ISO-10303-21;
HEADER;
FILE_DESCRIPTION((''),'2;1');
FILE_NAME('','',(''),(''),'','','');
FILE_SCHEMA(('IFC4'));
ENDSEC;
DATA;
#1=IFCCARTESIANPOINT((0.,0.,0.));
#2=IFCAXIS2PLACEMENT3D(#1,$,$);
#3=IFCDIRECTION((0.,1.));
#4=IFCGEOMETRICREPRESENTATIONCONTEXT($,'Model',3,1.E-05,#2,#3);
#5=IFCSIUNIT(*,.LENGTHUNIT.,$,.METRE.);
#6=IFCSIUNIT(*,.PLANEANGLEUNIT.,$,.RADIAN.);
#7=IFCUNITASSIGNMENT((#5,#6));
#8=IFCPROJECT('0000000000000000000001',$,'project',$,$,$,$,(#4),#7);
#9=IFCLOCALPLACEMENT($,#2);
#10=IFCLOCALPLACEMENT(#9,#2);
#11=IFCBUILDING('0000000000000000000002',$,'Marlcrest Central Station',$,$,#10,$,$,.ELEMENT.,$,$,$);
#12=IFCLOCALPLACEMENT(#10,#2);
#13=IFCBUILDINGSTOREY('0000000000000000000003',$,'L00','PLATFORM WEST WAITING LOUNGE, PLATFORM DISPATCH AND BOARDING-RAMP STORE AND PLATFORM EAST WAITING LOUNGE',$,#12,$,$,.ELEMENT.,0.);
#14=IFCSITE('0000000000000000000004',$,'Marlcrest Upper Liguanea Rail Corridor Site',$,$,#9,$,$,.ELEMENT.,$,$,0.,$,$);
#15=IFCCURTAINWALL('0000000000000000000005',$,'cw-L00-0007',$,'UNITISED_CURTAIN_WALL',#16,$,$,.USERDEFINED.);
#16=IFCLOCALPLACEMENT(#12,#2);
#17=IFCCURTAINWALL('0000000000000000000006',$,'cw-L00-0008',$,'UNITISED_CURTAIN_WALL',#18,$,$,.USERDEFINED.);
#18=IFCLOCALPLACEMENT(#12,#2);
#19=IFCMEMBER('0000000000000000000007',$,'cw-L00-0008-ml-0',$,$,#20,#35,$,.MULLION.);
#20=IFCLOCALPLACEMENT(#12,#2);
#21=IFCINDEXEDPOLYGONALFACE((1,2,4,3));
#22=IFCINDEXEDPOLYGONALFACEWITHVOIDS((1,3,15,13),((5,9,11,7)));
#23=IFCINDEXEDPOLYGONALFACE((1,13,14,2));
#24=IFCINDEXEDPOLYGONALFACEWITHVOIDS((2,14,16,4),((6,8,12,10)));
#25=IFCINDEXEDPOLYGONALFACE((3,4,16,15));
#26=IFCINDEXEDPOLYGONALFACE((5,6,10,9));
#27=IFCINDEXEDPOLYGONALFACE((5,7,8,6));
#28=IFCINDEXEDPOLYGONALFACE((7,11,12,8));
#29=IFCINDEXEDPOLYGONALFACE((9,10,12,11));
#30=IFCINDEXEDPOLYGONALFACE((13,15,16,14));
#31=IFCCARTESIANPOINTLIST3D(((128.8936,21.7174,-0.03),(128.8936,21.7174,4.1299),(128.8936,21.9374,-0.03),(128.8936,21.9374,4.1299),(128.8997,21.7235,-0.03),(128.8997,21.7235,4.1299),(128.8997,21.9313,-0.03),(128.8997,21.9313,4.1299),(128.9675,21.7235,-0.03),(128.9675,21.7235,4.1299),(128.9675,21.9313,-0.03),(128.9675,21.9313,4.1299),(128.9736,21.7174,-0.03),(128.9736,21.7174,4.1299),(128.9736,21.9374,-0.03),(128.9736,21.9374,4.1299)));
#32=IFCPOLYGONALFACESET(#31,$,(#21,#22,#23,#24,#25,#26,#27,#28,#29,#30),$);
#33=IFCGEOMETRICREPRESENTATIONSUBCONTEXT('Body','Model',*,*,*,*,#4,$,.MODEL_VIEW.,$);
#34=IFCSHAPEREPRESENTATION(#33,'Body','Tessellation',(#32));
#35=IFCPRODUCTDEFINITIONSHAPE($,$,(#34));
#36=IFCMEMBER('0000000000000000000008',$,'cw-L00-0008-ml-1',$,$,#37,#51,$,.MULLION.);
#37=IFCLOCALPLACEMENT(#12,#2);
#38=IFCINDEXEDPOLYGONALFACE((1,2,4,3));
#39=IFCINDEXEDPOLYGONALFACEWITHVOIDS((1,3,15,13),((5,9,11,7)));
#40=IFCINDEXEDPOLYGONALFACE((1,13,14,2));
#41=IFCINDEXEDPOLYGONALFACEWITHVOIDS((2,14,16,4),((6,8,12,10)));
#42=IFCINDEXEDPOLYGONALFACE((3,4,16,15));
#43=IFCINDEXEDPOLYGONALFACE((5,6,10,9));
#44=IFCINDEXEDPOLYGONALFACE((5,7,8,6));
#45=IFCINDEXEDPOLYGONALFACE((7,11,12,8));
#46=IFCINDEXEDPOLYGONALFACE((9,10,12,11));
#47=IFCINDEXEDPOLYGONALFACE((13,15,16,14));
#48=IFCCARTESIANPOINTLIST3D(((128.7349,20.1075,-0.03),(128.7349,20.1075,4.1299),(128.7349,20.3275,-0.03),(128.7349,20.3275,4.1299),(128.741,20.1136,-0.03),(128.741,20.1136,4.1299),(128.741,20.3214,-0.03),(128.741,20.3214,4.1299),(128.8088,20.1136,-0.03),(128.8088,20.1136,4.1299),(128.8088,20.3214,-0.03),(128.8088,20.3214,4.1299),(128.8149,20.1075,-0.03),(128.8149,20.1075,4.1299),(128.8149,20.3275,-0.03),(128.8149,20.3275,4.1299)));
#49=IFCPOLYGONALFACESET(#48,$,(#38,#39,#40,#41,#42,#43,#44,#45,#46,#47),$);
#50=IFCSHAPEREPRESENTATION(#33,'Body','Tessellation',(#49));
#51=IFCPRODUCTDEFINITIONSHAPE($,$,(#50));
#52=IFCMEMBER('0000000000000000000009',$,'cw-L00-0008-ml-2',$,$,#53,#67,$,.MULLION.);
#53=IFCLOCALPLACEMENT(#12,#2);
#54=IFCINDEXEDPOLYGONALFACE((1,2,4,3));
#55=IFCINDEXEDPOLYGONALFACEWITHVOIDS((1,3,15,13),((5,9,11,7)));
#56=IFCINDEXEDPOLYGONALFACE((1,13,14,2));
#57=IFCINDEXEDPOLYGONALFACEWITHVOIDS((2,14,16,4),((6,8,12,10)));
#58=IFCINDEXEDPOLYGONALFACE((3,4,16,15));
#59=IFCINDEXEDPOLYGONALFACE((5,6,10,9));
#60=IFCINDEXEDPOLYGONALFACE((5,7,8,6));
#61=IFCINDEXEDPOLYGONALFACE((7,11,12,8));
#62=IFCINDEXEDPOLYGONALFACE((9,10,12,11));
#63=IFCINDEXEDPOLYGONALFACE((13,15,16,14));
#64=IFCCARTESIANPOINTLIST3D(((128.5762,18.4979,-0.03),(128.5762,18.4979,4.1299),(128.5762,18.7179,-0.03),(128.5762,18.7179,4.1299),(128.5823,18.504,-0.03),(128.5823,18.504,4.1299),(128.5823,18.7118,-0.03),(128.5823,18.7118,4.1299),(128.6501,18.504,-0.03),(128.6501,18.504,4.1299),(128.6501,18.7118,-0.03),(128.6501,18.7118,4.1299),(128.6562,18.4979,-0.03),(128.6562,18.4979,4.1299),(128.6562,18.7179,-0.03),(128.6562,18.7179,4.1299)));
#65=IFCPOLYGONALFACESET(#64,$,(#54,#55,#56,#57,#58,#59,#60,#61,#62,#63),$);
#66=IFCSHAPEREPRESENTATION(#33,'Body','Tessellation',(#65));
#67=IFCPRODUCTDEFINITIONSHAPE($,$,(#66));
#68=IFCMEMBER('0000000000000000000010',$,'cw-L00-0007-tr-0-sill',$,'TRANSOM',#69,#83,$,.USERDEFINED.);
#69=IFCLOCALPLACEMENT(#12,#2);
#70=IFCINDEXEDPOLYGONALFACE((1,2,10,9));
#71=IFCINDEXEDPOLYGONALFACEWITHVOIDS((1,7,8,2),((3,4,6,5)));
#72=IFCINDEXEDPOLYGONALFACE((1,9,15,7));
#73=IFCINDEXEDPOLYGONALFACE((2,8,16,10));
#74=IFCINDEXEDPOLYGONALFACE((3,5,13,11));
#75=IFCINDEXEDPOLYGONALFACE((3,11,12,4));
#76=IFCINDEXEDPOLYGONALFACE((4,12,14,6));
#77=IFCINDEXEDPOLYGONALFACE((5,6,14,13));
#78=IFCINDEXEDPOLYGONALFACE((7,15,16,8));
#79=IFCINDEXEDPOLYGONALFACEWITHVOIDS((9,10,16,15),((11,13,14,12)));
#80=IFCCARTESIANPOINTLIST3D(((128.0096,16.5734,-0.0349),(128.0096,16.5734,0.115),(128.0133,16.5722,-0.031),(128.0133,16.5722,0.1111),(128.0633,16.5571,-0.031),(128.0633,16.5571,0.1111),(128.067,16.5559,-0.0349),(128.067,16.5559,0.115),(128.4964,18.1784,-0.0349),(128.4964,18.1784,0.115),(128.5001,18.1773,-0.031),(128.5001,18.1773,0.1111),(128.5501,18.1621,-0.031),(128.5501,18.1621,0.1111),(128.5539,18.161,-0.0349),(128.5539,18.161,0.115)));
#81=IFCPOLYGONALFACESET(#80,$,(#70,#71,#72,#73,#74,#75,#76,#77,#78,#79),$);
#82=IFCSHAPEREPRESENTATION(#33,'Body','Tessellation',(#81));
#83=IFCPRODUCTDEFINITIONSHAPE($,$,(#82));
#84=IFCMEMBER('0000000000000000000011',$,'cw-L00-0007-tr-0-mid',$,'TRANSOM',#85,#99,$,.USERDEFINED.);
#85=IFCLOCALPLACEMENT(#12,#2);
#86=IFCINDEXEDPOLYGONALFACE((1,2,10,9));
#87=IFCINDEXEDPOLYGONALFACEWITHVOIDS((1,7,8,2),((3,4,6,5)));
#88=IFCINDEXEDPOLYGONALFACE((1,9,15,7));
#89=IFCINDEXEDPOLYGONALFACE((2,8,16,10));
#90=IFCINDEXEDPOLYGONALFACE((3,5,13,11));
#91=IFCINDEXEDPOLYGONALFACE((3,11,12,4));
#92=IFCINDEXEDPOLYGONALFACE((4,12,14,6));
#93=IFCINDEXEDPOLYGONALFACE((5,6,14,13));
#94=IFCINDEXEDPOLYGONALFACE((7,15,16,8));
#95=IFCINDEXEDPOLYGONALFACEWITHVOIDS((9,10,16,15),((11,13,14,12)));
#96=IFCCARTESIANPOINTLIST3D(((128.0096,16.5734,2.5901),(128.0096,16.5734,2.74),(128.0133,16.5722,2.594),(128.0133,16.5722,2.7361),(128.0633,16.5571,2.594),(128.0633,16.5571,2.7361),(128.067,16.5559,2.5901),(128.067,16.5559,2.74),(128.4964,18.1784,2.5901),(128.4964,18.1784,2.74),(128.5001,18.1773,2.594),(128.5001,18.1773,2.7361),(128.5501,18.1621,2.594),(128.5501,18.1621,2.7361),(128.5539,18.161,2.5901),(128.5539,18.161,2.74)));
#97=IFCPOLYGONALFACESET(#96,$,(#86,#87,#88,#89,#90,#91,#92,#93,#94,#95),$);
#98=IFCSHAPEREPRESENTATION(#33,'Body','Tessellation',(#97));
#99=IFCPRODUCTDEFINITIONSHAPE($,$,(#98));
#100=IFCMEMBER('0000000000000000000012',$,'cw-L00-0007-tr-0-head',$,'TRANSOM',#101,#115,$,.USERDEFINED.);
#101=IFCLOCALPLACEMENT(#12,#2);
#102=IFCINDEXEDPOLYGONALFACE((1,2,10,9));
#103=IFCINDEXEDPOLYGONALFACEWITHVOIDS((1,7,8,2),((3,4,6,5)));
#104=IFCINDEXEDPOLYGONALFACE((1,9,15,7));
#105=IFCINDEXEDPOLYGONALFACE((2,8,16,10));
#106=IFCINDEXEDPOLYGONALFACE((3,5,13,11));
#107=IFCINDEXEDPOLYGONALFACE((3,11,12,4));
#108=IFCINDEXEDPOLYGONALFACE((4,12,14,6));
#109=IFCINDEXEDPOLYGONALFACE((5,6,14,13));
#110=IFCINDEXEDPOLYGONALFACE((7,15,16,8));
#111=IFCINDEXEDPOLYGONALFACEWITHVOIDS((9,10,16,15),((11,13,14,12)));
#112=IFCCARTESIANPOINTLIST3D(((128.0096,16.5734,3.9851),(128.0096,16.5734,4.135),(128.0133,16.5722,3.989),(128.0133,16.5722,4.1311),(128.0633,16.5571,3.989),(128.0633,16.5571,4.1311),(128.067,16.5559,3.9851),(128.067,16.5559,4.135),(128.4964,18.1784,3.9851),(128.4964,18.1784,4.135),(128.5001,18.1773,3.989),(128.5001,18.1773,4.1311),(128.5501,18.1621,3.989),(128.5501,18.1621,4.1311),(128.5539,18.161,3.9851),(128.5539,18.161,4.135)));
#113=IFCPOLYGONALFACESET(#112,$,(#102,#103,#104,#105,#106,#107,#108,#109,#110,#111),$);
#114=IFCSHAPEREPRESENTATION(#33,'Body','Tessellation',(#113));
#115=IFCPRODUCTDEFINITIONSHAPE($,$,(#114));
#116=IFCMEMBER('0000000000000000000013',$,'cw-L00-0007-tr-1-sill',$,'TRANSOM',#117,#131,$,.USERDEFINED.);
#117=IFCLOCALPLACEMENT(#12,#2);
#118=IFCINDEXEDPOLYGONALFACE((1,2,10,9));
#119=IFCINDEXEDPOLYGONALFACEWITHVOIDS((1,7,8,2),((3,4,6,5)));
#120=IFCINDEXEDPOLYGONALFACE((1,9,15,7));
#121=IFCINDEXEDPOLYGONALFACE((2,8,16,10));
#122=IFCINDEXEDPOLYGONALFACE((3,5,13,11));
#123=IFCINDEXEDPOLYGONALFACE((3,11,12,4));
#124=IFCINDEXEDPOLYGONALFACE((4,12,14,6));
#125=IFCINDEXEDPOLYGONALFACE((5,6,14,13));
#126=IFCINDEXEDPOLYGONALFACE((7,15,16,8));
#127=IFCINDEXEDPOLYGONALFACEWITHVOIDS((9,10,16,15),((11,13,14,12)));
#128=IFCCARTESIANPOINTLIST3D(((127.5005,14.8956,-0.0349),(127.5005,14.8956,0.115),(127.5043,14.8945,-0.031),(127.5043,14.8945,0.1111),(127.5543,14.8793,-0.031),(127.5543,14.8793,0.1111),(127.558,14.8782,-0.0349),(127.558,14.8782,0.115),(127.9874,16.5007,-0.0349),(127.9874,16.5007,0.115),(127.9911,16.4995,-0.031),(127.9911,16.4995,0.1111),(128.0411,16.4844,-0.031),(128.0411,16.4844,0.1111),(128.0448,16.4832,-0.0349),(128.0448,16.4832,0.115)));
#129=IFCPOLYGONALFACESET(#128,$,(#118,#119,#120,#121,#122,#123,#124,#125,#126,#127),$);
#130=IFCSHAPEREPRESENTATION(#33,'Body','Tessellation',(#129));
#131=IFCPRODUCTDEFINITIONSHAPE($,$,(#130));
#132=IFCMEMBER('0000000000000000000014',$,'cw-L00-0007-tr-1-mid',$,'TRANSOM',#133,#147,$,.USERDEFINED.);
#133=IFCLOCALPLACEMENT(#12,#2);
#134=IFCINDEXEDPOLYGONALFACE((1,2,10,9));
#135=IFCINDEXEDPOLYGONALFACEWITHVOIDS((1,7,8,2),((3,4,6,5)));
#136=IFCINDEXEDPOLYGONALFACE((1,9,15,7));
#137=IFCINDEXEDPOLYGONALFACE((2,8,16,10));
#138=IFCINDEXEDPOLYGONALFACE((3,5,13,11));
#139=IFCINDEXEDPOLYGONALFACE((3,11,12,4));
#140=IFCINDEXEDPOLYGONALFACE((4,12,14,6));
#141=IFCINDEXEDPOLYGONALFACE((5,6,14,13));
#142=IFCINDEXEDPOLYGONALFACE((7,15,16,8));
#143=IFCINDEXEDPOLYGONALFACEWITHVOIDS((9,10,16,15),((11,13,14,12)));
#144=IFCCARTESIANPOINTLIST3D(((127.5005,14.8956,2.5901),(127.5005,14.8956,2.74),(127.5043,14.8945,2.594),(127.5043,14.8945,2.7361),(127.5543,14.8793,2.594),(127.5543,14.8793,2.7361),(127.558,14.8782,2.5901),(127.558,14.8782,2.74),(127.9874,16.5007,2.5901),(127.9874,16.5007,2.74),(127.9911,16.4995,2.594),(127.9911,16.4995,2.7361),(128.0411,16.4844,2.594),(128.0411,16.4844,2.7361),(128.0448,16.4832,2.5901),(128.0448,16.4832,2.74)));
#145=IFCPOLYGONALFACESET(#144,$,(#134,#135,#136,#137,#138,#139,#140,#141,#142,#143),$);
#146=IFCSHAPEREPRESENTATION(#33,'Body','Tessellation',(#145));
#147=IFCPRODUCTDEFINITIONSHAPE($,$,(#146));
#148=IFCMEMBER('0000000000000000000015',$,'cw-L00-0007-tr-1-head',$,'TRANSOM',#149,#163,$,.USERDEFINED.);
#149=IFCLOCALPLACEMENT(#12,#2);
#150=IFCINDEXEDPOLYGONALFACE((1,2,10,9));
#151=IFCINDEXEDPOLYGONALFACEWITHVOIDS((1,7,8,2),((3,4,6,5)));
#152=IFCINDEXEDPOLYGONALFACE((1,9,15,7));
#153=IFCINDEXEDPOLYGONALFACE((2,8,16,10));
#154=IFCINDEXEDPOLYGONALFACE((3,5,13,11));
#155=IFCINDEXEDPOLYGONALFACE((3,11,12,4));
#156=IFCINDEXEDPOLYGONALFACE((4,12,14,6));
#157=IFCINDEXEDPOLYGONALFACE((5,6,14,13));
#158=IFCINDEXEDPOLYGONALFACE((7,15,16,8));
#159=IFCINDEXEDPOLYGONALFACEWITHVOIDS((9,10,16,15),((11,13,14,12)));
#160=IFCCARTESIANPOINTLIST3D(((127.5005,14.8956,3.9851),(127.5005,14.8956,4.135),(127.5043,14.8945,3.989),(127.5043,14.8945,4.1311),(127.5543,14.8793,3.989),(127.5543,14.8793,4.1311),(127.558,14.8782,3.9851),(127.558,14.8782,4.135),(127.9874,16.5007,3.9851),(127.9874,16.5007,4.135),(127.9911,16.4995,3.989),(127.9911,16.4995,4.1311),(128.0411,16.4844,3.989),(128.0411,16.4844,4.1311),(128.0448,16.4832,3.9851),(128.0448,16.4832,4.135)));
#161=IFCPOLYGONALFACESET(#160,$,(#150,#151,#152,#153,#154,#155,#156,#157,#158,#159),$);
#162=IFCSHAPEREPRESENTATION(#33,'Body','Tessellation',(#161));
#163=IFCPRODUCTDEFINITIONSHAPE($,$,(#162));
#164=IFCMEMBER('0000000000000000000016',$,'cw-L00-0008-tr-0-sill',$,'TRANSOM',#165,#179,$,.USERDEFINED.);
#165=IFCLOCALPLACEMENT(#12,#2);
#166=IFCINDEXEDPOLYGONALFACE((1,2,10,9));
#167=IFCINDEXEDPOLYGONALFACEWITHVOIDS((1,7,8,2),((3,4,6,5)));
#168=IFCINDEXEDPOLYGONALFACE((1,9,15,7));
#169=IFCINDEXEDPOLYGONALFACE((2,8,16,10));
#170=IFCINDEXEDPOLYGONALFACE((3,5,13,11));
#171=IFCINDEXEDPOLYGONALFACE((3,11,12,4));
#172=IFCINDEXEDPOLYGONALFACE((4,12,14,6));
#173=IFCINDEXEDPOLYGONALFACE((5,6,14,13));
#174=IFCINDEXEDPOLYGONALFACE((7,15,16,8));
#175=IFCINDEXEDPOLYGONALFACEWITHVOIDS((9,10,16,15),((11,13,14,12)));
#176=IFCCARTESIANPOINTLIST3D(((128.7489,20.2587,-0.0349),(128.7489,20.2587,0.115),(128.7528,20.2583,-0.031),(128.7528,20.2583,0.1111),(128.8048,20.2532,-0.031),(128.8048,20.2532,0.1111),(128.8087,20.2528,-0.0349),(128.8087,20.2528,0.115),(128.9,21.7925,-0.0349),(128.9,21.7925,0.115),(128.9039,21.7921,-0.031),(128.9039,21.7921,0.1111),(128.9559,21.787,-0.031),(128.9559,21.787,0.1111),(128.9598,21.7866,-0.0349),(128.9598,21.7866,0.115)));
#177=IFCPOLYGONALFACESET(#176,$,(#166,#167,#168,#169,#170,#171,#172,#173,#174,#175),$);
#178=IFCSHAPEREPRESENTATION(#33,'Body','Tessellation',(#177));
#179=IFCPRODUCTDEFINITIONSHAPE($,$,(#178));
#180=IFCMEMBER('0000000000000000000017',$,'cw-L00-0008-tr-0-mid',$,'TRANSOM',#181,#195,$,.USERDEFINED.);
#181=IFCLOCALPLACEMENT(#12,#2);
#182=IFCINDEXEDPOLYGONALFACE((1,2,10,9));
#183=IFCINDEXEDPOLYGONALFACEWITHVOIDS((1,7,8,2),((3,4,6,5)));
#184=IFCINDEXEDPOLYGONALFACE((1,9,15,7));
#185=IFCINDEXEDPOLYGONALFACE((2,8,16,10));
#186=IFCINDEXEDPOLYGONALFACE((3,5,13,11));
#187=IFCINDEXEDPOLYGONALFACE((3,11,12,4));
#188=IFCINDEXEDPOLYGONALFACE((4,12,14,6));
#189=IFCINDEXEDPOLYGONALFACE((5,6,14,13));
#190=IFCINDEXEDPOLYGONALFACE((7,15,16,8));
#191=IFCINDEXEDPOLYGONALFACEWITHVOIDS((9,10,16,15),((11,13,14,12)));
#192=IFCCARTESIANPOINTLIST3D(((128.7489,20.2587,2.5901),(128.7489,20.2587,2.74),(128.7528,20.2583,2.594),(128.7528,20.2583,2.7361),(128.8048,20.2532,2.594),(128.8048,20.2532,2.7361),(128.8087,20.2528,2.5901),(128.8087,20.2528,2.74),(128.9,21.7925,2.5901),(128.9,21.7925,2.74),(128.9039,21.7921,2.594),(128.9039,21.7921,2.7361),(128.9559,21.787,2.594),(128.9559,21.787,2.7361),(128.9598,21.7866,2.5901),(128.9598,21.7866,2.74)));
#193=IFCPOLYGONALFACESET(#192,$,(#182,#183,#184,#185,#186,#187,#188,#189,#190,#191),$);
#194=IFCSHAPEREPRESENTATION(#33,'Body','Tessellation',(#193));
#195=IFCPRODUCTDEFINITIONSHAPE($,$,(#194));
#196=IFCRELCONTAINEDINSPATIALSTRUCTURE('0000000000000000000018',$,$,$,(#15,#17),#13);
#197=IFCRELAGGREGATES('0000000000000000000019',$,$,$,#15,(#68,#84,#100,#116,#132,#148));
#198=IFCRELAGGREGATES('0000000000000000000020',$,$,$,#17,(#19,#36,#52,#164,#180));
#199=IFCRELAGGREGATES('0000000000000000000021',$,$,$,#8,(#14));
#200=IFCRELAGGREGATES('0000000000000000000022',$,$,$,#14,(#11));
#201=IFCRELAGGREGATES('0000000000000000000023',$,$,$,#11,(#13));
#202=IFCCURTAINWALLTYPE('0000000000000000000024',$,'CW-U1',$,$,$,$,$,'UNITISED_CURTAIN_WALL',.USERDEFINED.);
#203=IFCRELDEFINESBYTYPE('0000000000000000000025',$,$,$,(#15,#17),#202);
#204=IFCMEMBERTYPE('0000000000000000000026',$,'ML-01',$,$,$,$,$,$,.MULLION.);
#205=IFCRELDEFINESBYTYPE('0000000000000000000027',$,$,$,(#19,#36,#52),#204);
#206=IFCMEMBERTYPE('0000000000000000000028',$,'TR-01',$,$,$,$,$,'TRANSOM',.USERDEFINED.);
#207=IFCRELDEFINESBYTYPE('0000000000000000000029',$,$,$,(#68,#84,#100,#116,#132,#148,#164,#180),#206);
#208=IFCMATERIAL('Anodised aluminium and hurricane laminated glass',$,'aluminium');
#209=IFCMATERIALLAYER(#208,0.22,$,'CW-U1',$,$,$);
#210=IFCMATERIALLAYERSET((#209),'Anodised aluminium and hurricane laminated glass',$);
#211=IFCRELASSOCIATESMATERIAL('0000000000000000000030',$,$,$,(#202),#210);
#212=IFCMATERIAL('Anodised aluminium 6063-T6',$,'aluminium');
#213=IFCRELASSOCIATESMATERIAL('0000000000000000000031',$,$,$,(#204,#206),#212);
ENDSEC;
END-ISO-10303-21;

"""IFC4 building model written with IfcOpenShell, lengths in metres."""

from ifc_helpers import new_model, si_unit, direction, frame, origin, origin_2d, place, context, subcontext, project, spatial, hollow_rectangle, extrude, material, layer, layer_set, material_profile, profile_set, type_object, element, aggregate, save


model = new_model("IFC4")

# Units and contexts
model_context = context("Model", 3, precision=1e-05, world=origin(), true_north=direction((0.0, 1.0)))
body_context = subcontext(model_context, "Body", "Model", "MODEL_VIEW")
ifc_project = project(units=[si_unit("LENGTHUNIT", "METRE"), si_unit("PLANEANGLEUNIT", "RADIAN")], contexts=[model_context])

# Site, building, storey
site_placement = place(None, origin())
site = spatial("IfcSite", under=ifc_project, at=site_placement, Name="Marlcrest Upper Liguanea Rail Corridor Site", CompositionType="ELEMENT", RefElevation=0.0)
building_placement = place(site_placement, origin())
building = spatial("IfcBuilding", under=site, at=building_placement, Name="Marlcrest Central Station", CompositionType="ELEMENT")
storey_placement = place(building_placement, origin())
storey = spatial("IfcBuildingStorey", under=building, at=storey_placement, Name="L00", Description="PLATFORM WEST WAITING LOUNGE, PLATFORM DISPATCH AND BOARDING-RAMP STORE AND PLATFORM EAST WAITING LOUNGE", CompositionType="ELEMENT", Elevation=0.0)

# Curtain walls, members
ifc_material_1 = material(Name="Anodised aluminium and hurricane laminated glass", Category="aluminium")
ifc_layer_1 = layer(ifc_material_1, 0.22, Name="CW-U1")
ifc_layer_set_1 = layer_set([ifc_layer_1], Name="Anodised aluminium and hurricane laminated glass")
curtain_wall_type = type_object("IfcCurtainWallType", Name="CW-U1", ElementType="UNITISED_CURTAIN_WALL", PredefinedType="USERDEFINED", material=ifc_layer_set_1)
curtain_wall_1_placement = place(storey_placement, origin())
curtain_wall_1 = element("IfcCurtainWall", 1, at=curtain_wall_1_placement, inside=storey, type_object=curtain_wall_type, Name="cw-L00-0007", ObjectType="UNITISED_CURTAIN_WALL", PredefinedType="USERDEFINED")
ifc_material_2 = material(Name="Anodised aluminium 6063-T6", Category="aluminium")
ifc_material_profile_1 = material_profile(ifc_material_2, hollow_rectangle(XDim=0.0801, YDim=0.22, WallThickness=0.0061, at=origin_2d()), Name="AA-RHS 220x80x6")
ifc_profile_set_1 = profile_set([ifc_material_profile_1], Name="Anodised aluminium 6063-T6")
member_type_1 = type_object("IfcMemberType", Name="ML-01", PredefinedType="MULLION", material=ifc_profile_set_1)
curtain_wall_2_placement = place(storey_placement, origin())
curtain_wall_2 = element("IfcCurtainWall", 2, at=curtain_wall_2_placement, inside=storey, type_object=curtain_wall_type, Name="cw-L00-0008", ObjectType="UNITISED_CURTAIN_WALL", PredefinedType="USERDEFINED")
member_1_placement = place(storey_placement, frame((128.9336, 21.8274, -0.03), z_axis=(0.0, 0.0, 1.0), x_axis=(1.0, 0.0, 0.0)))
member_1 = element("IfcMember", 3, at=member_1_placement, type_object=member_type_1, Name="cw-L00-0008-ml-0", PredefinedType="MULLION", context=body_context, shape_type="SweptSolid", body=[
    extrude(hollow_rectangle(XDim=0.0801, YDim=0.22, WallThickness=0.0061, at=origin_2d()), origin(), (0.0, 0.0, 1.0), 4.1599),
])
member_2_placement = place(storey_placement, frame((128.7749, 20.2175, -0.03), z_axis=(0.0, 0.0, 1.0), x_axis=(1.0, 0.0, 0.0)))
member_2 = element("IfcMember", 4, at=member_2_placement, type_object=member_type_1, Name="cw-L00-0008-ml-1", PredefinedType="MULLION", context=body_context, shape_type="SweptSolid", body=[
    extrude(hollow_rectangle(XDim=0.0801, YDim=0.22, WallThickness=0.0061, at=origin_2d()), origin(), (0.0, 0.0, 1.0), 4.1599),
])
member_3_placement = place(storey_placement, frame((128.6162, 18.6079, -0.03), z_axis=(0.0, 0.0, 1.0), x_axis=(1.0, 0.0, 0.0)))
member_3 = element("IfcMember", 5, at=member_3_placement, type_object=member_type_1, Name="cw-L00-0008-ml-2", PredefinedType="MULLION", context=body_context, shape_type="SweptSolid", body=[
    extrude(hollow_rectangle(XDim=0.0801, YDim=0.22, WallThickness=0.0061, at=origin_2d()), origin(), (0.0, 0.0, 1.0), 4.1599),
])

# Members
ifc_material_profile_2 = material_profile(ifc_material_2, hollow_rectangle(XDim=0.0601, YDim=0.1499, WallThickness=0.0039, at=origin_2d()), Name="AA-RHS 150x60x4")
ifc_profile_set_2 = profile_set([ifc_material_profile_2], Name="Anodised aluminium 6063-T6")
member_type_2 = type_object("IfcMemberType", Name="TR-01", ElementType="TRANSOM", PredefinedType="USERDEFINED", material=ifc_profile_set_2)
member_4_placement = place(storey_placement, frame((128.5251, 18.1697, 0.04), z_axis=(-0.290258, -0.956948, 0.0), x_axis=(0.956948, -0.290258, 0.0)))
member_4 = element("IfcMember", 6, at=member_4_placement, type_object=member_type_2, Name="cw-L00-0007-tr-0-sill", ObjectType="TRANSOM", PredefinedType="USERDEFINED", context=body_context, shape_type="SweptSolid", body=[
    extrude(hollow_rectangle(XDim=0.0601, YDim=0.1499, WallThickness=0.0039, at=origin_2d()), origin(), (0.0, 0.0, 1.0), 1.6772),
])
member_5_placement = place(storey_placement, frame((128.5251, 18.1697, 2.665), z_axis=(-0.290258, -0.956948, 0.0), x_axis=(0.956948, -0.290258, 0.0)))
member_5 = element("IfcMember", 7, at=member_5_placement, type_object=member_type_2, Name="cw-L00-0007-tr-0-mid", ObjectType="TRANSOM", PredefinedType="USERDEFINED", context=body_context, shape_type="SweptSolid", body=[
    extrude(hollow_rectangle(XDim=0.0601, YDim=0.1499, WallThickness=0.0039, at=origin_2d()), origin(), (0.0, 0.0, 1.0), 1.6772),
])
member_6_placement = place(storey_placement, frame((128.5251, 18.1697, 4.0601), z_axis=(-0.290258, -0.956948, 0.0), x_axis=(0.956948, -0.290258, 0.0)))
member_6 = element("IfcMember", 8, at=member_6_placement, type_object=member_type_2, Name="cw-L00-0007-tr-0-head", ObjectType="TRANSOM", PredefinedType="USERDEFINED", context=body_context, shape_type="SweptSolid", body=[
    extrude(hollow_rectangle(XDim=0.0601, YDim=0.1499, WallThickness=0.0039, at=origin_2d()), origin(), (0.0, 0.0, 1.0), 1.6772),
])
member_7_placement = place(storey_placement, frame((128.0161, 16.4919, 0.04), z_axis=(-0.290258, -0.956948, 0.0), x_axis=(0.956948, -0.290258, 0.0)))
member_7 = element("IfcMember", 9, at=member_7_placement, type_object=member_type_2, Name="cw-L00-0007-tr-1-sill", ObjectType="TRANSOM", PredefinedType="USERDEFINED", context=body_context, shape_type="SweptSolid", body=[
    extrude(hollow_rectangle(XDim=0.0601, YDim=0.1499, WallThickness=0.0039, at=origin_2d()), origin(), (0.0, 0.0, 1.0), 1.6772),
])
member_8_placement = place(storey_placement, frame((128.0161, 16.4919, 2.665), z_axis=(-0.290258, -0.956948, 0.0), x_axis=(0.956948, -0.290258, 0.0)))
member_8 = element("IfcMember", 10, at=member_8_placement, type_object=member_type_2, Name="cw-L00-0007-tr-1-mid", ObjectType="TRANSOM", PredefinedType="USERDEFINED", context=body_context, shape_type="SweptSolid", body=[
    extrude(hollow_rectangle(XDim=0.0601, YDim=0.1499, WallThickness=0.0039, at=origin_2d()), origin(), (0.0, 0.0, 1.0), 1.6772),
])
member_9_placement = place(storey_placement, frame((128.0161, 16.4919, 4.0601), z_axis=(-0.290258, -0.956948, 0.0), x_axis=(0.956948, -0.290258, 0.0)))
member_9 = element("IfcMember", 11, at=member_9_placement, type_object=member_type_2, Name="cw-L00-0007-tr-1-head", ObjectType="TRANSOM", PredefinedType="USERDEFINED", context=body_context, shape_type="SweptSolid", body=[
    extrude(hollow_rectangle(XDim=0.0601, YDim=0.1499, WallThickness=0.0039, at=origin_2d()), origin(), (0.0, 0.0, 1.0), 1.6772),
])
member_10_placement = place(storey_placement, frame((128.9299, 21.7896, 0.04), z_axis=(-0.098045, -0.995182, 0.0), x_axis=(0.995182, -0.098045, 0.0)))
member_10 = element("IfcMember", 12, at=member_10_placement, type_object=member_type_2, Name="cw-L00-0008-tr-0-sill", ObjectType="TRANSOM", PredefinedType="USERDEFINED", context=body_context, shape_type="SweptSolid", body=[
    extrude(hollow_rectangle(XDim=0.0601, YDim=0.1499, WallThickness=0.0039, at=origin_2d()), origin(), (0.0, 0.0, 1.0), 1.5413),
])
member_11_placement = place(storey_placement, frame((128.9299, 21.7896, 2.665), z_axis=(-0.098045, -0.995182, 0.0), x_axis=(0.995182, -0.098045, 0.0)))
member_11 = element("IfcMember", 13, at=member_11_placement, type_object=member_type_2, Name="cw-L00-0008-tr-0-mid", ObjectType="TRANSOM", PredefinedType="USERDEFINED", context=body_context, shape_type="SweptSolid", body=[
    extrude(hollow_rectangle(XDim=0.0601, YDim=0.1499, WallThickness=0.0039, at=origin_2d()), origin(), (0.0, 0.0, 1.0), 1.5413),
])

aggregate(curtain_wall_1, [member_4, member_5, member_6, member_7, member_8, member_9])
aggregate(curtain_wall_2, [member_1, member_2, member_3, member_10, member_11])

save(model, "model.ifc")
